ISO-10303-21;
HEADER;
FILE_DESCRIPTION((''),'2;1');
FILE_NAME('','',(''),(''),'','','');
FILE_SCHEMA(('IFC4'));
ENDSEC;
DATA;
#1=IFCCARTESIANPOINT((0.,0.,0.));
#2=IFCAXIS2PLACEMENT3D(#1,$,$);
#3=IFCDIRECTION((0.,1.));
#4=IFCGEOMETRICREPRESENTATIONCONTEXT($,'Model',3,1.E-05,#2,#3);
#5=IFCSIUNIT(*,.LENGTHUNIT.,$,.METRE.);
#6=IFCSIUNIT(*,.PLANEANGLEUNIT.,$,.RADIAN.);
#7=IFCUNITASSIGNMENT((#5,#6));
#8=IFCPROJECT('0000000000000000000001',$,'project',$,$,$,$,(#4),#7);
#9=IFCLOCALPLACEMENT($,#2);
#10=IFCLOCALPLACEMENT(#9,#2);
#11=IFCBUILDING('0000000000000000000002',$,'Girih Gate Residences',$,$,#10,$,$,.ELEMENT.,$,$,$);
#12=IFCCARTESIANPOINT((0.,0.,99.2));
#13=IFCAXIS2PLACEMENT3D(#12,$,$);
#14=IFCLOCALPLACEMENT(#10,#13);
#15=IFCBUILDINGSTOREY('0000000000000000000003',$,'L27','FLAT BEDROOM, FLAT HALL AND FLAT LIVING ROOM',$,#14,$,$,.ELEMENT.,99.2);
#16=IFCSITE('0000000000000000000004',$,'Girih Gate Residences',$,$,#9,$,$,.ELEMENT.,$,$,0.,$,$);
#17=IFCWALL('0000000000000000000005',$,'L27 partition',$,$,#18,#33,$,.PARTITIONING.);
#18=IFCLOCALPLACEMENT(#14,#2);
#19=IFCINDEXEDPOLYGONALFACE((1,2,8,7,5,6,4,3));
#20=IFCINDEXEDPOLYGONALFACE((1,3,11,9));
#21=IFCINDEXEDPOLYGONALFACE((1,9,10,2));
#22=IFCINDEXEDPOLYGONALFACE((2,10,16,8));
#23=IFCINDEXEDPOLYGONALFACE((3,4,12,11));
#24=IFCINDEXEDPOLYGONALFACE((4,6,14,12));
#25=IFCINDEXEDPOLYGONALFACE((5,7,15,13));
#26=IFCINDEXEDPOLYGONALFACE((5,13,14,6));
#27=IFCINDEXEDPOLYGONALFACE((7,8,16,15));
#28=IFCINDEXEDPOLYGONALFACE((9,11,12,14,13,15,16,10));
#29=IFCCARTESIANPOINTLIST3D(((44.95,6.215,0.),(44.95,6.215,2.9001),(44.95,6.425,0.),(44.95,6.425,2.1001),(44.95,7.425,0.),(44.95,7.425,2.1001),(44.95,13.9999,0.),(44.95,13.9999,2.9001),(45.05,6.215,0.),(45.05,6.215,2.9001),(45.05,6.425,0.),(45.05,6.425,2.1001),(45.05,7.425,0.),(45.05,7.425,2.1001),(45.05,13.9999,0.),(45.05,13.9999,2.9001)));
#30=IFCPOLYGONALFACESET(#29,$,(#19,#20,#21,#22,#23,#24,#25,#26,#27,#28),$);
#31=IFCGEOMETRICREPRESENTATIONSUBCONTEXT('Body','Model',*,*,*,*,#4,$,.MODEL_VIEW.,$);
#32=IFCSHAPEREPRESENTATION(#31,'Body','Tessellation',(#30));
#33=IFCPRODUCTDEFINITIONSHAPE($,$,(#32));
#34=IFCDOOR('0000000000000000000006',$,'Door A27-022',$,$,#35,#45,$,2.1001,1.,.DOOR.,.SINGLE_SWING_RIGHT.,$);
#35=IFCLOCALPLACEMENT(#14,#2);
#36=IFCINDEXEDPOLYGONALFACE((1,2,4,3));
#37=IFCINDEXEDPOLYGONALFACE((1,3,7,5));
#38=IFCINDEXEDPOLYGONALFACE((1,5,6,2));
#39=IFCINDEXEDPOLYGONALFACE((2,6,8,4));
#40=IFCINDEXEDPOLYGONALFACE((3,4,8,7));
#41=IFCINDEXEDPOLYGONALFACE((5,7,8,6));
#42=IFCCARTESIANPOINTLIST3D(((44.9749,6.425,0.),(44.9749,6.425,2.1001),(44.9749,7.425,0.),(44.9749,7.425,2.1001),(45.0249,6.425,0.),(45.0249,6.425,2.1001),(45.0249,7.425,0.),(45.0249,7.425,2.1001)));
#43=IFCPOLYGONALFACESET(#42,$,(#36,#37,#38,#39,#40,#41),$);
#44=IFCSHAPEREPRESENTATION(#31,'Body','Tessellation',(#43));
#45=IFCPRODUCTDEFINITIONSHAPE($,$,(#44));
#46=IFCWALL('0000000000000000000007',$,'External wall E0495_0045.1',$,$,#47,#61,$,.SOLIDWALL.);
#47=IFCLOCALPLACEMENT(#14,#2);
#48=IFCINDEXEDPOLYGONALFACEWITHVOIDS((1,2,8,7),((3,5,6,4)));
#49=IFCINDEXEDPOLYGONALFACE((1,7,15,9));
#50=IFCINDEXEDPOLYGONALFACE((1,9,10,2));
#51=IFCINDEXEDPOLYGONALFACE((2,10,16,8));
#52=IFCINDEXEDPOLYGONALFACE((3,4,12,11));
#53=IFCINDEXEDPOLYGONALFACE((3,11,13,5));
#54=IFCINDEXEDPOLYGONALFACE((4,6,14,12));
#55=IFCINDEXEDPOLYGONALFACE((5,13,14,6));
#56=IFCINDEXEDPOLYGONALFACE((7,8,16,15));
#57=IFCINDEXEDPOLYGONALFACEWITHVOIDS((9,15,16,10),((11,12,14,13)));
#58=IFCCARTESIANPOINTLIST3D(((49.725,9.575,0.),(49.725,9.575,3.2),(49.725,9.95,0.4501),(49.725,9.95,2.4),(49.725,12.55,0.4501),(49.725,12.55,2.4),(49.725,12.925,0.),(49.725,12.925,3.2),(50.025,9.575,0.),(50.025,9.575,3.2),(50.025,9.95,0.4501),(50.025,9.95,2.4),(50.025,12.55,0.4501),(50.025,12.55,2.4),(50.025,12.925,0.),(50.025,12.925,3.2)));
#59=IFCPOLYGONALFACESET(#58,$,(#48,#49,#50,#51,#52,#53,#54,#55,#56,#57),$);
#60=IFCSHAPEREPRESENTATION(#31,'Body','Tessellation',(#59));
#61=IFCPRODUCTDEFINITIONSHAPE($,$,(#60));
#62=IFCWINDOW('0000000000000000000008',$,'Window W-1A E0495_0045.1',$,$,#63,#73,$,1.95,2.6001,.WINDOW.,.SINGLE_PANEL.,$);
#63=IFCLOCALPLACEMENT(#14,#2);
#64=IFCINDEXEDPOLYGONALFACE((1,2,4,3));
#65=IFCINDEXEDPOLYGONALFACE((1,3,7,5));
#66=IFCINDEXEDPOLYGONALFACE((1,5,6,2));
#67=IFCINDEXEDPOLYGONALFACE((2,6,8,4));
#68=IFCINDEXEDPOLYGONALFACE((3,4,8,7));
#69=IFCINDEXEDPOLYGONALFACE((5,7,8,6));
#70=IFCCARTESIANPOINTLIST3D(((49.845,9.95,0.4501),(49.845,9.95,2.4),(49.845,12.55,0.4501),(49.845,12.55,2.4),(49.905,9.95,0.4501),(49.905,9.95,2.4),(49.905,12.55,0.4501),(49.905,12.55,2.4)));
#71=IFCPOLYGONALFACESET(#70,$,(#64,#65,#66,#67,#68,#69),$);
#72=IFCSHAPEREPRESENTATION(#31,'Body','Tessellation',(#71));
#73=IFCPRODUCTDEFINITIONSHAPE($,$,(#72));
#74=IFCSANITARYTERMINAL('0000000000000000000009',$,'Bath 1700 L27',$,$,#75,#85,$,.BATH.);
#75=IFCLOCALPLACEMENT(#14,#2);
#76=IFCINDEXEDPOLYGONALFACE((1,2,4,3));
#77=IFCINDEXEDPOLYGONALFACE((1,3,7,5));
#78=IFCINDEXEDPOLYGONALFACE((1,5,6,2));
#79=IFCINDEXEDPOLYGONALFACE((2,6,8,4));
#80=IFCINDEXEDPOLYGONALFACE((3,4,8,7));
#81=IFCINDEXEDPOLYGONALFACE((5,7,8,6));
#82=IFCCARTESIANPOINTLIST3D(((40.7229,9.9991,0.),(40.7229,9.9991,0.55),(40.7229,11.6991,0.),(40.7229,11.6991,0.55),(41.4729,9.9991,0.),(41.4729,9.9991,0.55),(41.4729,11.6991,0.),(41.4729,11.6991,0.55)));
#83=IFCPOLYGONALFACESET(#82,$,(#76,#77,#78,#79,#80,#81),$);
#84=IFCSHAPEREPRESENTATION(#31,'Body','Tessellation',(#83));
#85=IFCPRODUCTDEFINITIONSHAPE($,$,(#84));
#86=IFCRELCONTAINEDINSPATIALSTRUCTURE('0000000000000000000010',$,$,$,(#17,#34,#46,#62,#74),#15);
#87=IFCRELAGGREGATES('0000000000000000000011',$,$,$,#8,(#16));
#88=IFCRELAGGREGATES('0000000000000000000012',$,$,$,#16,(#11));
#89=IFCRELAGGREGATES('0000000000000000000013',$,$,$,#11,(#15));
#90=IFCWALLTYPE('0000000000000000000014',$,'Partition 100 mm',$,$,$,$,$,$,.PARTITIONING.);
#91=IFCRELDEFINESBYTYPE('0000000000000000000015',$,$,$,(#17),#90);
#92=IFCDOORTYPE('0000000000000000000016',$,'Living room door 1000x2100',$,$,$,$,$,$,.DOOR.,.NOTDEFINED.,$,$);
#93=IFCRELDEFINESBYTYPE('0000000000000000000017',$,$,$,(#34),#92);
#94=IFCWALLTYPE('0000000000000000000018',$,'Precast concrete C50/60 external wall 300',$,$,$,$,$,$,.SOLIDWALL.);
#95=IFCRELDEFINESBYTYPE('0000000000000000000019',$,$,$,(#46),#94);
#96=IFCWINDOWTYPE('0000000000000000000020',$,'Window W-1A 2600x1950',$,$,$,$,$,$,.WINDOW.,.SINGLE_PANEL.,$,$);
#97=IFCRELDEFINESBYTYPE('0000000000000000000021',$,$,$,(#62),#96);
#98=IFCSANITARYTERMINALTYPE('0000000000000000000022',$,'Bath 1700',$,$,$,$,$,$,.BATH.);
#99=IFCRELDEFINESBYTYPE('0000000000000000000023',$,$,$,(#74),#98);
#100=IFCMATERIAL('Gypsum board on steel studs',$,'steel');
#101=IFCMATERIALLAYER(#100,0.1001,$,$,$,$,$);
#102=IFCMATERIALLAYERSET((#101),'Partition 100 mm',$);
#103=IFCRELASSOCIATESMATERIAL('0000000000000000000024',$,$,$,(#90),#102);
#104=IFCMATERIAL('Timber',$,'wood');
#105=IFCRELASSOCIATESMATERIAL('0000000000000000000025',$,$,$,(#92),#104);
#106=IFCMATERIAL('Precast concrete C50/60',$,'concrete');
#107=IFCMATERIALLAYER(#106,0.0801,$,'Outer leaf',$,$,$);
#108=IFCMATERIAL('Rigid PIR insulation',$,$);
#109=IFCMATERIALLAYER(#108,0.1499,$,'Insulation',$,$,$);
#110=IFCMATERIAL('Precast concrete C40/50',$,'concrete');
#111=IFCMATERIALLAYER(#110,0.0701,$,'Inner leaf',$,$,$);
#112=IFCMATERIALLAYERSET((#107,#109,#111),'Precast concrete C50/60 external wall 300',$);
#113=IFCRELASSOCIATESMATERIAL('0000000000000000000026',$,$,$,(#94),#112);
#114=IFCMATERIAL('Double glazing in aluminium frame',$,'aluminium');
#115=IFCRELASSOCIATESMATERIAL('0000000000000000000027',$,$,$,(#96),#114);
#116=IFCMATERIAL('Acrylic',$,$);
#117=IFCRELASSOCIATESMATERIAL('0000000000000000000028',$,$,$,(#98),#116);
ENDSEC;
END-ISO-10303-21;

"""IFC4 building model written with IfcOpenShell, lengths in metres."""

from ifc_helpers import new_model, si_unit, direction, frame, frame_2d, origin, origin_2d, place, context, subcontext, project, spatial, rectangle, extrude, material, layer, layer_set, type_object, element, fill, save


model = new_model("IFC4")

# Units and contexts
model_context = context("Model", 3, precision=1e-05, world=origin(), true_north=direction((0.0, 1.0)))
body_context = subcontext(model_context, "Body", "Model", "MODEL_VIEW")
ifc_project = project(units=[si_unit("LENGTHUNIT", "METRE"), si_unit("PLANEANGLEUNIT", "RADIAN")], contexts=[model_context])

# Site, building, storey
site_placement = place(None, origin())
site = spatial("IfcSite", under=ifc_project, at=site_placement, Name="Girih Gate Residences", CompositionType="ELEMENT", RefElevation=0.0)
building_placement = place(site_placement, origin())
building = spatial("IfcBuilding", under=site, at=building_placement, Name="Girih Gate Residences", CompositionType="ELEMENT")
storey_placement = place(building_placement, frame((0.0, 0.0, 99.2)))
storey = spatial("IfcBuildingStorey", under=building, at=storey_placement, Name="L27", Description="FLAT BEDROOM, FLAT HALL AND FLAT LIVING ROOM", CompositionType="ELEMENT", Elevation=99.2)

# Shared definitions
ifc_material_1 = material(Name="Gypsum board on steel studs", Category="steel")

# Shared definitions
ifc_material_2 = material(Name="Timber", Category="wood")

# Wall, opening, door
ifc_layer_1 = layer(ifc_material_1, 0.1001)
ifc_layer_set_1 = layer_set([ifc_layer_1], Name="Partition 100 mm")
wall_type_1 = type_object("IfcWallType", Name="Partition 100 mm", PredefinedType="PARTITIONING", material=ifc_layer_set_1)
wall_1_placement = place(storey_placement, frame((45.0, 14.0, 0.0), z_axis=(0.0, 0.0, 1.0), x_axis=(0.0, -1.0, 0.0)))
wall_1 = element("IfcWall", 1, at=wall_1_placement, inside=storey, type_object=wall_type_1, Name="L27 partition", PredefinedType="PARTITIONING", context=body_context, shape_type="SweptSolid", body=[
    extrude(rectangle(XDim=7.7849, YDim=0.1001, at=frame_2d((3.8926, 0.0))), origin(), (0.0, 0.0, 1.0), 2.9001),
])
opening_1_placement = place(wall_1_placement, frame((6.575, 0.0, 0.0)))
opening_1 = element("IfcOpeningElement", 2, at=opening_1_placement, cuts=wall_1, PredefinedType="OPENING", context=body_context, shape_type="SweptSolid", body=[
    extrude(rectangle(XDim=1.0, YDim=2.1001, at=frame_2d((0.5, 1.05))), frame((0.0, 0.0601, 0.0), z_axis=(0.0, -1.0, 0.0), x_axis=(1.0, 0.0, 0.0)), (0.0, 0.0, 1.0), 0.1201),
])
door_type_1 = type_object("IfcDoorType", Name="Living room door 1000x2100", OperationType="NOTDEFINED", PredefinedType="DOOR", material=ifc_material_2)
door_1_placement = place(opening_1_placement, origin())
door_1 = element("IfcDoor", 3, at=door_1_placement, inside=storey, type_object=door_type_1, Name="Door A27-022", OperationType="SINGLE_SWING_RIGHT", OverallHeight=2.1001, OverallWidth=1.0, PredefinedType="DOOR", context=body_context, shape_type="SweptSolid", body=[
    extrude(rectangle(XDim=1.0, YDim=2.1001, at=frame_2d((0.5, 1.05))), frame((0.0, 0.0249, 0.0), z_axis=(0.0, -1.0, 0.0), x_axis=(1.0, 0.0, 0.0)), (0.0, 0.0, 1.0), 0.05),
])
fill(opening_1, door_1)

# Wall, opening, window
ifc_material_3 = material(Name="Precast concrete C50/60", Category="concrete")
ifc_layer_2 = layer(ifc_material_3, 0.0801, Name="Outer leaf")
ifc_material_4 = material(Name="Rigid PIR insulation")
ifc_layer_3 = layer(ifc_material_4, 0.1499, Name="Insulation")
ifc_material_5 = material(Name="Precast concrete C40/50", Category="concrete")
ifc_layer_4 = layer(ifc_material_5, 0.0701, Name="Inner leaf")
ifc_layer_set_2 = layer_set([ifc_layer_2, ifc_layer_3, ifc_layer_4], Name="Precast concrete C50/60 external wall 300")
wall_type_2 = type_object("IfcWallType", Name="Precast concrete C50/60 external wall 300", PredefinedType="SOLIDWALL", material=ifc_layer_set_2)
wall_2_placement = place(storey_placement, frame((49.875, 12.925, 0.0), z_axis=(0.0, 0.0, 1.0), x_axis=(0.0, -1.0, 0.0)))
wall_2 = element("IfcWall", 4, at=wall_2_placement, inside=storey, type_object=wall_type_2, Name="External wall E0495_0045.1", PredefinedType="SOLIDWALL", context=body_context, shape_type="SweptSolid", body=[
    extrude(rectangle(XDim=3.3501, YDim=0.3, at=frame_2d((1.675, 0.0))), origin(), (0.0, 0.0, 1.0), 3.2),
])
opening_2_placement = place(wall_2_placement, frame((0.375, 0.0, 0.45)))
opening_2 = element("IfcOpeningElement", 5, at=opening_2_placement, cuts=wall_2, PredefinedType="OPENING", context=body_context, shape_type="SweptSolid", body=[
    extrude(rectangle(XDim=2.6001, YDim=1.95, at=frame_2d((1.3, 0.9751))), frame((0.0, 0.1599, 0.0), z_axis=(0.0, -1.0, 0.0), x_axis=(1.0, 0.0, 0.0)), (0.0, 0.0, 1.0), 0.3201),
])
ifc_material_6 = material(Name="Double glazing in aluminium frame", Category="aluminium")
window_type = type_object("IfcWindowType", Name="Window W-1A 2600x1950", PartitioningType="SINGLE_PANEL", PredefinedType="WINDOW", material=ifc_material_6)
window_placement = place(opening_2_placement, origin())
window = element("IfcWindow", 6, at=window_placement, inside=storey, type_object=window_type, Name="Window W-1A E0495_0045.1", OverallHeight=1.95, OverallWidth=2.6001, PartitioningType="SINGLE_PANEL", PredefinedType="WINDOW", context=body_context, shape_type="SweptSolid", body=[
    extrude(rectangle(XDim=2.6001, YDim=1.95, at=frame_2d((1.3, 0.9751))), frame((0.0, 0.03, 0.0), z_axis=(0.0, -1.0, 0.0), x_axis=(1.0, 0.0, 0.0)), (0.0, 0.0, 1.0), 0.0601),
])
fill(opening_2, window)

# Sanitary terminal
ifc_material_7 = material(Name="Acrylic")
sanitary_terminal_type = type_object("IfcSanitaryTerminalType", Name="Bath 1700", PredefinedType="BATH", material=ifc_material_7)
sanitary_terminal_placement = place(storey_placement, frame((41.0979, 10.8491, 0.0), z_axis=(0.0, 0.0, 1.0), x_axis=(1.0, 0.0, 0.0)))
element("IfcSanitaryTerminal", 7, at=sanitary_terminal_placement, inside=storey, type_object=sanitary_terminal_type, Name="Bath 1700 L27", PredefinedType="BATH", context=body_context, shape_type="SweptSolid", body=[
    extrude(rectangle(XDim=0.75, YDim=1.7, at=origin_2d()), origin(), (0.0, 0.0, 1.0), 0.55),
])

save(model, "model.ifc")
